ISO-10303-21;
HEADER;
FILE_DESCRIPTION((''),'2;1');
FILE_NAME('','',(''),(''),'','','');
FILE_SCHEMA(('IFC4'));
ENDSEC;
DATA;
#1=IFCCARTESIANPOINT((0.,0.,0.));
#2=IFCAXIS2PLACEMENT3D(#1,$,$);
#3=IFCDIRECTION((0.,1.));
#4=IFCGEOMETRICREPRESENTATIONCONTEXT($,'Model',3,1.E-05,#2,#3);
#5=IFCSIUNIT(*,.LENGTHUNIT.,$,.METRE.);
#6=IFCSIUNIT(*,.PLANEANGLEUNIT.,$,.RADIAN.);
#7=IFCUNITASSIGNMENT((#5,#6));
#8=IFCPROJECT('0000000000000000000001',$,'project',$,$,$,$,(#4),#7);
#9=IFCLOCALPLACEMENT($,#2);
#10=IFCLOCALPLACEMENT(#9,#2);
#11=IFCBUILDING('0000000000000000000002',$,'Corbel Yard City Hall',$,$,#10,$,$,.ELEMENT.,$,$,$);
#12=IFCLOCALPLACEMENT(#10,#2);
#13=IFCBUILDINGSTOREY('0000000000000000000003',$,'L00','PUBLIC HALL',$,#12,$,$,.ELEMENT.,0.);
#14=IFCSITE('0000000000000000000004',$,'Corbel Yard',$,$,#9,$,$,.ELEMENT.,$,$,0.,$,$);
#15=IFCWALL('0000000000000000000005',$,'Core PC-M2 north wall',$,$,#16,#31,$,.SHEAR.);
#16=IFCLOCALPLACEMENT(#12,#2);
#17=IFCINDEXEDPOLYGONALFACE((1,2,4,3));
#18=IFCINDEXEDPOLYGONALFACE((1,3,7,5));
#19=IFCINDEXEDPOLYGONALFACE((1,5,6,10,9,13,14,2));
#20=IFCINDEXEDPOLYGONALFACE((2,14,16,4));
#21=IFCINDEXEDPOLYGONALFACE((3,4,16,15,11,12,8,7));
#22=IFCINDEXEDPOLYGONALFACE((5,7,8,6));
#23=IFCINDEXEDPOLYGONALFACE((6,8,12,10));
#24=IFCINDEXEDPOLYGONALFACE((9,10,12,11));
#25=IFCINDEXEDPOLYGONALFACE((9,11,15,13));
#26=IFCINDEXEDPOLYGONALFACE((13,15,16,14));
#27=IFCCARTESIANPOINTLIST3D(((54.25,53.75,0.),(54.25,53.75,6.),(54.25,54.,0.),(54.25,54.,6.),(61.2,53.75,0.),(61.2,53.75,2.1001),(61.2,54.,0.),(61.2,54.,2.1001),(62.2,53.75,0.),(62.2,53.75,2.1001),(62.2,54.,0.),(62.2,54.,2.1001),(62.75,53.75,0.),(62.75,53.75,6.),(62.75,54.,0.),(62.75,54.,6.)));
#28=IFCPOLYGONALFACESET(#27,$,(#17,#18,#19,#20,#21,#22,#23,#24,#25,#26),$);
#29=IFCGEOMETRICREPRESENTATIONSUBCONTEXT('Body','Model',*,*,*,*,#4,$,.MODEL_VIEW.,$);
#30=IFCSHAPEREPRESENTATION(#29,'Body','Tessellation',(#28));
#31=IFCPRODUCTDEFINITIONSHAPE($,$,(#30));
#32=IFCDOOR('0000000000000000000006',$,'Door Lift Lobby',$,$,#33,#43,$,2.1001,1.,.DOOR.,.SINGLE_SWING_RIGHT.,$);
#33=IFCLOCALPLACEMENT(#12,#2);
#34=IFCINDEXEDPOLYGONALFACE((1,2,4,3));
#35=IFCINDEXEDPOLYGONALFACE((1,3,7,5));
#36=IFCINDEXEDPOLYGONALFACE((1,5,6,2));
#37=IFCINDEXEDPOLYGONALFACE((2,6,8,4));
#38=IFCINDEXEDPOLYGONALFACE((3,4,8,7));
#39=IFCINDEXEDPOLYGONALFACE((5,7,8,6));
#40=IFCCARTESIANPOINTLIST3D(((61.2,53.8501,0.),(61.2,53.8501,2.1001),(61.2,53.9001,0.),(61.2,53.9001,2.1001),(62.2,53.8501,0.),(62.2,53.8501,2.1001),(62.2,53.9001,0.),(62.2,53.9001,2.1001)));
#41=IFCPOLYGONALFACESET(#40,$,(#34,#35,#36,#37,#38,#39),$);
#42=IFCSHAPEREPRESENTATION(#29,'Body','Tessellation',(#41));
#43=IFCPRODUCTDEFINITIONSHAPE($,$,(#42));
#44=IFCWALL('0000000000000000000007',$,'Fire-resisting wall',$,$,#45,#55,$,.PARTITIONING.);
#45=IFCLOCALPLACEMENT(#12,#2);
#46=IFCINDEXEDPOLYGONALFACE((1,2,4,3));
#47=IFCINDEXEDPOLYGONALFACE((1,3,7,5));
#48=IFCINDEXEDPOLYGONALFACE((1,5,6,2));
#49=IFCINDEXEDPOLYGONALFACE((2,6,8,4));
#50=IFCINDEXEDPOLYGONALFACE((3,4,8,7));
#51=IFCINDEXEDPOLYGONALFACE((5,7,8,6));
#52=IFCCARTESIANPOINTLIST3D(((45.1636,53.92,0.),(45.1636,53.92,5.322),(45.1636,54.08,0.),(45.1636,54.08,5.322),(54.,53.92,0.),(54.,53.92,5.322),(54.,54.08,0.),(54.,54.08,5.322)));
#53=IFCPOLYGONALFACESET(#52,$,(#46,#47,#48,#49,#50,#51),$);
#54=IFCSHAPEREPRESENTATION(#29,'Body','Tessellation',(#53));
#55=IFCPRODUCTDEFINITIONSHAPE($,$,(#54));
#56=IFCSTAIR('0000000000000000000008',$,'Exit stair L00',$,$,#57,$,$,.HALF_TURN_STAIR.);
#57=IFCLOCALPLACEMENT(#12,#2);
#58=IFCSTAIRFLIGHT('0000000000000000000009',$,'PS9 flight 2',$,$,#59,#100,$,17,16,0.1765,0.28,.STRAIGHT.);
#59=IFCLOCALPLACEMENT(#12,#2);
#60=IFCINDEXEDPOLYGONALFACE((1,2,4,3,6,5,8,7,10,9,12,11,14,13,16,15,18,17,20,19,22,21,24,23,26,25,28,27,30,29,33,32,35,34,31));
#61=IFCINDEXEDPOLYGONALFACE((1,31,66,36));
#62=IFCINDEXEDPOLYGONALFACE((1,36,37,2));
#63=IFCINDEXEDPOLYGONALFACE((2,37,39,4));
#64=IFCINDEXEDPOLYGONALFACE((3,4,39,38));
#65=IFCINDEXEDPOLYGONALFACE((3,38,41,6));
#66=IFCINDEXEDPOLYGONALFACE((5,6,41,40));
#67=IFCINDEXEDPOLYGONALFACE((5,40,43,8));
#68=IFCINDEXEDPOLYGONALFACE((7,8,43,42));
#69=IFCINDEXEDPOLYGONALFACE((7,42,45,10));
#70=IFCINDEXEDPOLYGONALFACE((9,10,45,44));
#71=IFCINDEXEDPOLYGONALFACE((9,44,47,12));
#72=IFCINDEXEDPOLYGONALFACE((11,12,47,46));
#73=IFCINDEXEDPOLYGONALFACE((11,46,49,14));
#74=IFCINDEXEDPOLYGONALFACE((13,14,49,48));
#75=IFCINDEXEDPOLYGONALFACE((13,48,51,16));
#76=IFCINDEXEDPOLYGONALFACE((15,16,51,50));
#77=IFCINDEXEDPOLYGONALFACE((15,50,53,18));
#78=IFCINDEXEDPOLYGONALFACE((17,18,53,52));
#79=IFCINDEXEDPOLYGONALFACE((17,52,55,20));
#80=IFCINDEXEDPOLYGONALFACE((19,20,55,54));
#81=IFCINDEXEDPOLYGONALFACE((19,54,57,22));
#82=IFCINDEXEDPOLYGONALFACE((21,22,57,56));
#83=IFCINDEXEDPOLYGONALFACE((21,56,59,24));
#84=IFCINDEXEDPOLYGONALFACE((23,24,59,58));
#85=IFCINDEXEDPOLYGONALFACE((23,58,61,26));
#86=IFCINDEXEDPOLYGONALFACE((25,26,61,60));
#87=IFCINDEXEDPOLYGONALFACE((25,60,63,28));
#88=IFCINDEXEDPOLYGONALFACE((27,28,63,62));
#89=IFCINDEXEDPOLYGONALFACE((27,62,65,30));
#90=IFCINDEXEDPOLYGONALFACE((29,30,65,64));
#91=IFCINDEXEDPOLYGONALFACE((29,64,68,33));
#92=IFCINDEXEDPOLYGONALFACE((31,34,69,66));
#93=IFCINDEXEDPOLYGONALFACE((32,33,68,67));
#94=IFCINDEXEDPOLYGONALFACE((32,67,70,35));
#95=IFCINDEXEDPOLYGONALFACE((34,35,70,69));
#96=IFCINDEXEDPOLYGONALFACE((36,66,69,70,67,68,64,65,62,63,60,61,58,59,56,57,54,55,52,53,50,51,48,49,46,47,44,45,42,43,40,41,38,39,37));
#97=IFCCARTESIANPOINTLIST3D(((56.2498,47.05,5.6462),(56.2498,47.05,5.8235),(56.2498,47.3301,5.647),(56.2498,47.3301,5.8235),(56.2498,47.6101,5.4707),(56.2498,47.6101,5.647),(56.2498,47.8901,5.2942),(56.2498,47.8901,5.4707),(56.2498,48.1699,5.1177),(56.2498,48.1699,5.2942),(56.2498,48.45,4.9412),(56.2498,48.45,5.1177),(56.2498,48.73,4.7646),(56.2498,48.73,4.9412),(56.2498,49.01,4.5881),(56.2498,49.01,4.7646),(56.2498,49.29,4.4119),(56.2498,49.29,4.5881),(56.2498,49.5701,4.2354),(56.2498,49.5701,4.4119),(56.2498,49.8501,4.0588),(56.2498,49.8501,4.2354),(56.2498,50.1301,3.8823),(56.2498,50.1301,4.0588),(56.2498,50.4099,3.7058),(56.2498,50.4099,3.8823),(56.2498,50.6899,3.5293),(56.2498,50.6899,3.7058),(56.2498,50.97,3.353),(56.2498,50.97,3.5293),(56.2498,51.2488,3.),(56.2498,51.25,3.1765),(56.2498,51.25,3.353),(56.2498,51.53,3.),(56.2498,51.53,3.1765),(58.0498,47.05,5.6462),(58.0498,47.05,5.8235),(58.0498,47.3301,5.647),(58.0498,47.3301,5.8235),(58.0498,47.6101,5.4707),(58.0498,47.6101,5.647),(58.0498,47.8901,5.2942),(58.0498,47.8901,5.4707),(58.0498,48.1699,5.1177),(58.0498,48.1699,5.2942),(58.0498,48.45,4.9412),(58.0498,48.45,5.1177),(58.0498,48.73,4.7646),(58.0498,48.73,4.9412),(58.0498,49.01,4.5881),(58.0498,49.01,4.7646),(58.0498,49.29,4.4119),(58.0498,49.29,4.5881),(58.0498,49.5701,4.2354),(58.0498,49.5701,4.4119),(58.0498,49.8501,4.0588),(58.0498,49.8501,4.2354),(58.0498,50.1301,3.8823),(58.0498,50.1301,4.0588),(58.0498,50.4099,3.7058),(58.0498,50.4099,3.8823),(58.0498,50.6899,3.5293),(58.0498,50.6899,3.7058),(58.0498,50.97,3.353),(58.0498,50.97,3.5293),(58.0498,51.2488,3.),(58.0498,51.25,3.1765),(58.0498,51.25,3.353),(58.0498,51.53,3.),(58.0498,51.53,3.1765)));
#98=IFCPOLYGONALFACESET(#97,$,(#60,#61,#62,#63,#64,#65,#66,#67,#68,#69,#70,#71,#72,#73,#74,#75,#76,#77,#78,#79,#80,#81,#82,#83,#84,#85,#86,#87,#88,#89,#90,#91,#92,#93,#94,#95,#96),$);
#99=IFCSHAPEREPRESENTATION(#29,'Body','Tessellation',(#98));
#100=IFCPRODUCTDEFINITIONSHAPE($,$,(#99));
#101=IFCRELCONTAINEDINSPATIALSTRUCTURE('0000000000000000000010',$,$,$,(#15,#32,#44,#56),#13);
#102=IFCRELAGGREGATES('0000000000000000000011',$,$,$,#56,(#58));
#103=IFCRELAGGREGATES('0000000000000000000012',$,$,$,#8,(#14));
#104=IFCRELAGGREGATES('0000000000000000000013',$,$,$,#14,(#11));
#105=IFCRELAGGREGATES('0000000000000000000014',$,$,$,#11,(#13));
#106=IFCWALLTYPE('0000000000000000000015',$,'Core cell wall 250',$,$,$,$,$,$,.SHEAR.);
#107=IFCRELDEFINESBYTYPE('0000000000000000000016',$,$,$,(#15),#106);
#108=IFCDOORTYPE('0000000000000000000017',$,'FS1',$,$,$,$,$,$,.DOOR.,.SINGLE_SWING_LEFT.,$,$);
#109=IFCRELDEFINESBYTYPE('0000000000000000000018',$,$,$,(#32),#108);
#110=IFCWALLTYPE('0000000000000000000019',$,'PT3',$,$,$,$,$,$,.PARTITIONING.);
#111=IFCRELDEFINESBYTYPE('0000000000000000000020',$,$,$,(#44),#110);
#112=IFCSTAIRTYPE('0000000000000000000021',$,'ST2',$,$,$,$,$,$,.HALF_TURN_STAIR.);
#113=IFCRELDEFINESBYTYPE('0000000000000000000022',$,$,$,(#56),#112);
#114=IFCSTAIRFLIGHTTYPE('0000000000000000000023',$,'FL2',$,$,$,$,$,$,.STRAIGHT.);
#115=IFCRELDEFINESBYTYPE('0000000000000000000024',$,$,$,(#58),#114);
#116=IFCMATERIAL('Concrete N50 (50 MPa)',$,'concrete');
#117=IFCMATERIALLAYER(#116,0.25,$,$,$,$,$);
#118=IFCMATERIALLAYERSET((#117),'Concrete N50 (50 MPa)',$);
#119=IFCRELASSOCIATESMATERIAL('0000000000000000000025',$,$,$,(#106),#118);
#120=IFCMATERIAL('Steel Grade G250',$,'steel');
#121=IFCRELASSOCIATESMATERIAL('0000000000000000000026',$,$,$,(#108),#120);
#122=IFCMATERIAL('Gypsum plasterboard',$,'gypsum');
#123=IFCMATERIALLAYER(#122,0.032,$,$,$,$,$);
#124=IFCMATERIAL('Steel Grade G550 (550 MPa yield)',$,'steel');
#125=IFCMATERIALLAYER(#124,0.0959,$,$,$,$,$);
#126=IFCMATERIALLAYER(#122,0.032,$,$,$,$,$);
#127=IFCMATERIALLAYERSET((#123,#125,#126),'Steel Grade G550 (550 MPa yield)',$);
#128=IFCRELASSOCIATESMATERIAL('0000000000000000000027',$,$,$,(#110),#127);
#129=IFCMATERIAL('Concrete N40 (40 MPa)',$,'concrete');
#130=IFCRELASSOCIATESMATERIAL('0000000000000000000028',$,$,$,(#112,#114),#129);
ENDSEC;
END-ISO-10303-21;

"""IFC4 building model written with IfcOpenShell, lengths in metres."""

from ifc_helpers import new_model, si_unit, direction, frame, frame_2d, origin, place, context, subcontext, project, spatial, polyline, rectangle, outline, extrude, material, layer, layer_set, type_object, element, fill, aggregate, save


model = new_model("IFC4")

# Units and contexts
model_context = context("Model", 3, precision=1e-05, world=origin(), true_north=direction((0.0, 1.0)))
body_context = subcontext(model_context, "Body", "Model", "MODEL_VIEW")
ifc_project = project(units=[si_unit("LENGTHUNIT", "METRE"), si_unit("PLANEANGLEUNIT", "RADIAN")], contexts=[model_context])

# Site, building, storey
site_placement = place(None, origin())
site = spatial("IfcSite", under=ifc_project, at=site_placement, Name="Corbel Yard", CompositionType="ELEMENT", RefElevation=0.0)
building_placement = place(site_placement, origin())
building = spatial("IfcBuilding", under=site, at=building_placement, Name="Corbel Yard City Hall", CompositionType="ELEMENT")
storey_placement = place(building_placement, origin())
storey = spatial("IfcBuildingStorey", under=building, at=storey_placement, Name="L00", Description="PUBLIC HALL", CompositionType="ELEMENT", Elevation=0.0)

# Shared definitions
ifc_material_1 = material(Name="Concrete N40 (40 MPa)", Category="concrete")

# Wall, opening, door
ifc_material_2 = material(Name="Concrete N50 (50 MPa)", Category="concrete")
ifc_layer_1 = layer(ifc_material_2, 0.25)
ifc_layer_set_1 = layer_set([ifc_layer_1], Name="Concrete N50 (50 MPa)")
wall_type_1 = type_object("IfcWallType", Name="Core cell wall 250", PredefinedType="SHEAR", material=ifc_layer_set_1)
wall_1_placement = place(storey_placement, frame((54.25, 53.875, 0.0), z_axis=(0.0, 0.0, 1.0), x_axis=(1.0, 0.0, 0.0)))
wall_1 = element("IfcWall", 1, at=wall_1_placement, inside=storey, type_object=wall_type_1, Name="Core PC-M2 north wall", PredefinedType="SHEAR", context=body_context, shape_type="SweptSolid", body=[
    extrude(rectangle(XDim=8.5, YDim=0.25, at=frame_2d((4.25, 0.0))), origin(), (0.0, 0.0, 1.0), 6.0),
])
opening_placement = place(wall_1_placement, frame((6.95, 0.0, 0.0)))
opening = element("IfcOpeningElement", 2, at=opening_placement, cuts=wall_1, PredefinedType="OPENING", context=body_context, shape_type="SweptSolid", body=[
    extrude(rectangle(XDim=1.0, YDim=2.1001, at=frame_2d((0.5, 1.05))), frame((0.0, 0.135, 0.0), z_axis=(0.0, -1.0, 0.0), x_axis=(1.0, 0.0, 0.0)), (0.0, 0.0, 1.0), 0.27),
])
ifc_material_3 = material(Name="Steel Grade G250", Category="steel")
door_type = type_object("IfcDoorType", Name="FS1", OperationType="SINGLE_SWING_LEFT", PredefinedType="DOOR", material=ifc_material_3)
door_placement = place(opening_placement, frame((1.0, 0.0, 0.0), z_axis=(0.0, 0.0, 1.0), x_axis=(-1.0, 0.0, 0.0)))
door = element("IfcDoor", 3, at=door_placement, inside=storey, type_object=door_type, Name="Door Lift Lobby", OperationType="SINGLE_SWING_RIGHT", OverallHeight=2.1001, OverallWidth=1.0, PredefinedType="DOOR", context=body_context, shape_type="SweptSolid", body=[
    extrude(rectangle(XDim=1.0, YDim=2.1001, at=frame_2d((0.5, 1.05))), frame((0.0, 0.0249, 0.0), z_axis=(0.0, -1.0, 0.0), x_axis=(1.0, 0.0, 0.0)), (0.0, 0.0, 1.0), 0.05),
])
fill(opening, door)

# Wall
ifc_material_4 = material(Name="Gypsum plasterboard", Category="gypsum")
ifc_layer_2 = layer(ifc_material_4, 0.032)
ifc_material_5 = material(Name="Steel Grade G550 (550 MPa yield)", Category="steel")
ifc_layer_3 = layer(ifc_material_5, 0.0959)
ifc_layer_4 = layer(ifc_material_4, 0.032)
ifc_layer_set_2 = layer_set([ifc_layer_2, ifc_layer_3, ifc_layer_4], Name="Steel Grade G550 (550 MPa yield)")
wall_type_2 = type_object("IfcWallType", Name="PT3", PredefinedType="PARTITIONING", material=ifc_layer_set_2)
wall_2_placement = place(storey_placement, frame((45.1636, 54.0, 0.0), z_axis=(0.0, 0.0, 1.0), x_axis=(1.0, 0.0, 0.0)))
element("IfcWall", 4, at=wall_2_placement, inside=storey, type_object=wall_type_2, Name="Fire-resisting wall", PredefinedType="PARTITIONING", context=body_context, shape_type="SweptSolid", body=[
    extrude(rectangle(XDim=8.8364, YDim=0.1599, at=frame_2d((4.4182, 0.0))), origin(), (0.0, 0.0, 1.0), 5.322),
])

# Stair, stair flight
stair_type = type_object("IfcStairType", Name="ST2", PredefinedType="HALF_TURN_STAIR", material=ifc_material_1)
stair_placement = place(storey_placement, origin())
stair = element("IfcStair", 5, at=stair_placement, inside=storey, type_object=stair_type, Name="Exit stair L00", PredefinedType="HALF_TURN_STAIR")
stair_flight_type = type_object("IfcStairFlightType", Name="FL2", PredefinedType="STRAIGHT", material=ifc_material_1)
stair_flight_placement = place(storey_placement, frame((57.1499, 51.53, 3.0), z_axis=(0.0, 0.0, 1.0), x_axis=(0.0, -1.0, 0.0)))
stair_flight = element("IfcStairFlight", 6, at=stair_flight_placement, type_object=stair_flight_type, Name="PS9 flight 2", NumberOfRisers=17, NumberOfTreads=16, PredefinedType="STRAIGHT", RiserHeight=0.1765, TreadLength=0.28, context=body_context, shape_type="SweptSolid", body=[
    extrude(outline(polyline([(0.0, 0.0), (0.0, 0.1765), (0.28, 0.1765), (0.28, 0.353), (0.5601, 0.353), (0.5601, 0.5293), (0.8401, 0.5293), (0.8401, 0.7058), (1.1201, 0.7058), (1.1201, 0.8823), (1.3999, 0.8823), (1.3999, 1.0588), (1.6799, 1.0588), (1.6799, 1.2354), (1.96, 1.2354), (1.96, 1.4119), (2.24, 1.4119), (2.24, 1.5881), (2.52, 1.5881), (2.52, 1.7646), (2.8, 1.7646), (2.8, 1.9412), (3.0801, 1.9412), (3.0801, 2.1177), (3.3601, 2.1177), (3.3601, 2.2942), (3.6399, 2.2942), (3.6399, 2.4707), (3.9199, 2.4707), (3.9199, 2.647), (4.2, 2.647), (4.2, 2.8235), (4.48, 2.8235), (4.48, 3.0), (4.48, 2.6462), (0.2812, 0.0), (0.0, 0.0)])), frame((0.0, 0.8999, 0.0), z_axis=(0.0, -1.0, 0.0), x_axis=(1.0, 0.0, 0.0)), (0.0, 0.0, 1.0), 1.8),
])
aggregate(stair, [stair_flight])

save(model, "model.ifc")
